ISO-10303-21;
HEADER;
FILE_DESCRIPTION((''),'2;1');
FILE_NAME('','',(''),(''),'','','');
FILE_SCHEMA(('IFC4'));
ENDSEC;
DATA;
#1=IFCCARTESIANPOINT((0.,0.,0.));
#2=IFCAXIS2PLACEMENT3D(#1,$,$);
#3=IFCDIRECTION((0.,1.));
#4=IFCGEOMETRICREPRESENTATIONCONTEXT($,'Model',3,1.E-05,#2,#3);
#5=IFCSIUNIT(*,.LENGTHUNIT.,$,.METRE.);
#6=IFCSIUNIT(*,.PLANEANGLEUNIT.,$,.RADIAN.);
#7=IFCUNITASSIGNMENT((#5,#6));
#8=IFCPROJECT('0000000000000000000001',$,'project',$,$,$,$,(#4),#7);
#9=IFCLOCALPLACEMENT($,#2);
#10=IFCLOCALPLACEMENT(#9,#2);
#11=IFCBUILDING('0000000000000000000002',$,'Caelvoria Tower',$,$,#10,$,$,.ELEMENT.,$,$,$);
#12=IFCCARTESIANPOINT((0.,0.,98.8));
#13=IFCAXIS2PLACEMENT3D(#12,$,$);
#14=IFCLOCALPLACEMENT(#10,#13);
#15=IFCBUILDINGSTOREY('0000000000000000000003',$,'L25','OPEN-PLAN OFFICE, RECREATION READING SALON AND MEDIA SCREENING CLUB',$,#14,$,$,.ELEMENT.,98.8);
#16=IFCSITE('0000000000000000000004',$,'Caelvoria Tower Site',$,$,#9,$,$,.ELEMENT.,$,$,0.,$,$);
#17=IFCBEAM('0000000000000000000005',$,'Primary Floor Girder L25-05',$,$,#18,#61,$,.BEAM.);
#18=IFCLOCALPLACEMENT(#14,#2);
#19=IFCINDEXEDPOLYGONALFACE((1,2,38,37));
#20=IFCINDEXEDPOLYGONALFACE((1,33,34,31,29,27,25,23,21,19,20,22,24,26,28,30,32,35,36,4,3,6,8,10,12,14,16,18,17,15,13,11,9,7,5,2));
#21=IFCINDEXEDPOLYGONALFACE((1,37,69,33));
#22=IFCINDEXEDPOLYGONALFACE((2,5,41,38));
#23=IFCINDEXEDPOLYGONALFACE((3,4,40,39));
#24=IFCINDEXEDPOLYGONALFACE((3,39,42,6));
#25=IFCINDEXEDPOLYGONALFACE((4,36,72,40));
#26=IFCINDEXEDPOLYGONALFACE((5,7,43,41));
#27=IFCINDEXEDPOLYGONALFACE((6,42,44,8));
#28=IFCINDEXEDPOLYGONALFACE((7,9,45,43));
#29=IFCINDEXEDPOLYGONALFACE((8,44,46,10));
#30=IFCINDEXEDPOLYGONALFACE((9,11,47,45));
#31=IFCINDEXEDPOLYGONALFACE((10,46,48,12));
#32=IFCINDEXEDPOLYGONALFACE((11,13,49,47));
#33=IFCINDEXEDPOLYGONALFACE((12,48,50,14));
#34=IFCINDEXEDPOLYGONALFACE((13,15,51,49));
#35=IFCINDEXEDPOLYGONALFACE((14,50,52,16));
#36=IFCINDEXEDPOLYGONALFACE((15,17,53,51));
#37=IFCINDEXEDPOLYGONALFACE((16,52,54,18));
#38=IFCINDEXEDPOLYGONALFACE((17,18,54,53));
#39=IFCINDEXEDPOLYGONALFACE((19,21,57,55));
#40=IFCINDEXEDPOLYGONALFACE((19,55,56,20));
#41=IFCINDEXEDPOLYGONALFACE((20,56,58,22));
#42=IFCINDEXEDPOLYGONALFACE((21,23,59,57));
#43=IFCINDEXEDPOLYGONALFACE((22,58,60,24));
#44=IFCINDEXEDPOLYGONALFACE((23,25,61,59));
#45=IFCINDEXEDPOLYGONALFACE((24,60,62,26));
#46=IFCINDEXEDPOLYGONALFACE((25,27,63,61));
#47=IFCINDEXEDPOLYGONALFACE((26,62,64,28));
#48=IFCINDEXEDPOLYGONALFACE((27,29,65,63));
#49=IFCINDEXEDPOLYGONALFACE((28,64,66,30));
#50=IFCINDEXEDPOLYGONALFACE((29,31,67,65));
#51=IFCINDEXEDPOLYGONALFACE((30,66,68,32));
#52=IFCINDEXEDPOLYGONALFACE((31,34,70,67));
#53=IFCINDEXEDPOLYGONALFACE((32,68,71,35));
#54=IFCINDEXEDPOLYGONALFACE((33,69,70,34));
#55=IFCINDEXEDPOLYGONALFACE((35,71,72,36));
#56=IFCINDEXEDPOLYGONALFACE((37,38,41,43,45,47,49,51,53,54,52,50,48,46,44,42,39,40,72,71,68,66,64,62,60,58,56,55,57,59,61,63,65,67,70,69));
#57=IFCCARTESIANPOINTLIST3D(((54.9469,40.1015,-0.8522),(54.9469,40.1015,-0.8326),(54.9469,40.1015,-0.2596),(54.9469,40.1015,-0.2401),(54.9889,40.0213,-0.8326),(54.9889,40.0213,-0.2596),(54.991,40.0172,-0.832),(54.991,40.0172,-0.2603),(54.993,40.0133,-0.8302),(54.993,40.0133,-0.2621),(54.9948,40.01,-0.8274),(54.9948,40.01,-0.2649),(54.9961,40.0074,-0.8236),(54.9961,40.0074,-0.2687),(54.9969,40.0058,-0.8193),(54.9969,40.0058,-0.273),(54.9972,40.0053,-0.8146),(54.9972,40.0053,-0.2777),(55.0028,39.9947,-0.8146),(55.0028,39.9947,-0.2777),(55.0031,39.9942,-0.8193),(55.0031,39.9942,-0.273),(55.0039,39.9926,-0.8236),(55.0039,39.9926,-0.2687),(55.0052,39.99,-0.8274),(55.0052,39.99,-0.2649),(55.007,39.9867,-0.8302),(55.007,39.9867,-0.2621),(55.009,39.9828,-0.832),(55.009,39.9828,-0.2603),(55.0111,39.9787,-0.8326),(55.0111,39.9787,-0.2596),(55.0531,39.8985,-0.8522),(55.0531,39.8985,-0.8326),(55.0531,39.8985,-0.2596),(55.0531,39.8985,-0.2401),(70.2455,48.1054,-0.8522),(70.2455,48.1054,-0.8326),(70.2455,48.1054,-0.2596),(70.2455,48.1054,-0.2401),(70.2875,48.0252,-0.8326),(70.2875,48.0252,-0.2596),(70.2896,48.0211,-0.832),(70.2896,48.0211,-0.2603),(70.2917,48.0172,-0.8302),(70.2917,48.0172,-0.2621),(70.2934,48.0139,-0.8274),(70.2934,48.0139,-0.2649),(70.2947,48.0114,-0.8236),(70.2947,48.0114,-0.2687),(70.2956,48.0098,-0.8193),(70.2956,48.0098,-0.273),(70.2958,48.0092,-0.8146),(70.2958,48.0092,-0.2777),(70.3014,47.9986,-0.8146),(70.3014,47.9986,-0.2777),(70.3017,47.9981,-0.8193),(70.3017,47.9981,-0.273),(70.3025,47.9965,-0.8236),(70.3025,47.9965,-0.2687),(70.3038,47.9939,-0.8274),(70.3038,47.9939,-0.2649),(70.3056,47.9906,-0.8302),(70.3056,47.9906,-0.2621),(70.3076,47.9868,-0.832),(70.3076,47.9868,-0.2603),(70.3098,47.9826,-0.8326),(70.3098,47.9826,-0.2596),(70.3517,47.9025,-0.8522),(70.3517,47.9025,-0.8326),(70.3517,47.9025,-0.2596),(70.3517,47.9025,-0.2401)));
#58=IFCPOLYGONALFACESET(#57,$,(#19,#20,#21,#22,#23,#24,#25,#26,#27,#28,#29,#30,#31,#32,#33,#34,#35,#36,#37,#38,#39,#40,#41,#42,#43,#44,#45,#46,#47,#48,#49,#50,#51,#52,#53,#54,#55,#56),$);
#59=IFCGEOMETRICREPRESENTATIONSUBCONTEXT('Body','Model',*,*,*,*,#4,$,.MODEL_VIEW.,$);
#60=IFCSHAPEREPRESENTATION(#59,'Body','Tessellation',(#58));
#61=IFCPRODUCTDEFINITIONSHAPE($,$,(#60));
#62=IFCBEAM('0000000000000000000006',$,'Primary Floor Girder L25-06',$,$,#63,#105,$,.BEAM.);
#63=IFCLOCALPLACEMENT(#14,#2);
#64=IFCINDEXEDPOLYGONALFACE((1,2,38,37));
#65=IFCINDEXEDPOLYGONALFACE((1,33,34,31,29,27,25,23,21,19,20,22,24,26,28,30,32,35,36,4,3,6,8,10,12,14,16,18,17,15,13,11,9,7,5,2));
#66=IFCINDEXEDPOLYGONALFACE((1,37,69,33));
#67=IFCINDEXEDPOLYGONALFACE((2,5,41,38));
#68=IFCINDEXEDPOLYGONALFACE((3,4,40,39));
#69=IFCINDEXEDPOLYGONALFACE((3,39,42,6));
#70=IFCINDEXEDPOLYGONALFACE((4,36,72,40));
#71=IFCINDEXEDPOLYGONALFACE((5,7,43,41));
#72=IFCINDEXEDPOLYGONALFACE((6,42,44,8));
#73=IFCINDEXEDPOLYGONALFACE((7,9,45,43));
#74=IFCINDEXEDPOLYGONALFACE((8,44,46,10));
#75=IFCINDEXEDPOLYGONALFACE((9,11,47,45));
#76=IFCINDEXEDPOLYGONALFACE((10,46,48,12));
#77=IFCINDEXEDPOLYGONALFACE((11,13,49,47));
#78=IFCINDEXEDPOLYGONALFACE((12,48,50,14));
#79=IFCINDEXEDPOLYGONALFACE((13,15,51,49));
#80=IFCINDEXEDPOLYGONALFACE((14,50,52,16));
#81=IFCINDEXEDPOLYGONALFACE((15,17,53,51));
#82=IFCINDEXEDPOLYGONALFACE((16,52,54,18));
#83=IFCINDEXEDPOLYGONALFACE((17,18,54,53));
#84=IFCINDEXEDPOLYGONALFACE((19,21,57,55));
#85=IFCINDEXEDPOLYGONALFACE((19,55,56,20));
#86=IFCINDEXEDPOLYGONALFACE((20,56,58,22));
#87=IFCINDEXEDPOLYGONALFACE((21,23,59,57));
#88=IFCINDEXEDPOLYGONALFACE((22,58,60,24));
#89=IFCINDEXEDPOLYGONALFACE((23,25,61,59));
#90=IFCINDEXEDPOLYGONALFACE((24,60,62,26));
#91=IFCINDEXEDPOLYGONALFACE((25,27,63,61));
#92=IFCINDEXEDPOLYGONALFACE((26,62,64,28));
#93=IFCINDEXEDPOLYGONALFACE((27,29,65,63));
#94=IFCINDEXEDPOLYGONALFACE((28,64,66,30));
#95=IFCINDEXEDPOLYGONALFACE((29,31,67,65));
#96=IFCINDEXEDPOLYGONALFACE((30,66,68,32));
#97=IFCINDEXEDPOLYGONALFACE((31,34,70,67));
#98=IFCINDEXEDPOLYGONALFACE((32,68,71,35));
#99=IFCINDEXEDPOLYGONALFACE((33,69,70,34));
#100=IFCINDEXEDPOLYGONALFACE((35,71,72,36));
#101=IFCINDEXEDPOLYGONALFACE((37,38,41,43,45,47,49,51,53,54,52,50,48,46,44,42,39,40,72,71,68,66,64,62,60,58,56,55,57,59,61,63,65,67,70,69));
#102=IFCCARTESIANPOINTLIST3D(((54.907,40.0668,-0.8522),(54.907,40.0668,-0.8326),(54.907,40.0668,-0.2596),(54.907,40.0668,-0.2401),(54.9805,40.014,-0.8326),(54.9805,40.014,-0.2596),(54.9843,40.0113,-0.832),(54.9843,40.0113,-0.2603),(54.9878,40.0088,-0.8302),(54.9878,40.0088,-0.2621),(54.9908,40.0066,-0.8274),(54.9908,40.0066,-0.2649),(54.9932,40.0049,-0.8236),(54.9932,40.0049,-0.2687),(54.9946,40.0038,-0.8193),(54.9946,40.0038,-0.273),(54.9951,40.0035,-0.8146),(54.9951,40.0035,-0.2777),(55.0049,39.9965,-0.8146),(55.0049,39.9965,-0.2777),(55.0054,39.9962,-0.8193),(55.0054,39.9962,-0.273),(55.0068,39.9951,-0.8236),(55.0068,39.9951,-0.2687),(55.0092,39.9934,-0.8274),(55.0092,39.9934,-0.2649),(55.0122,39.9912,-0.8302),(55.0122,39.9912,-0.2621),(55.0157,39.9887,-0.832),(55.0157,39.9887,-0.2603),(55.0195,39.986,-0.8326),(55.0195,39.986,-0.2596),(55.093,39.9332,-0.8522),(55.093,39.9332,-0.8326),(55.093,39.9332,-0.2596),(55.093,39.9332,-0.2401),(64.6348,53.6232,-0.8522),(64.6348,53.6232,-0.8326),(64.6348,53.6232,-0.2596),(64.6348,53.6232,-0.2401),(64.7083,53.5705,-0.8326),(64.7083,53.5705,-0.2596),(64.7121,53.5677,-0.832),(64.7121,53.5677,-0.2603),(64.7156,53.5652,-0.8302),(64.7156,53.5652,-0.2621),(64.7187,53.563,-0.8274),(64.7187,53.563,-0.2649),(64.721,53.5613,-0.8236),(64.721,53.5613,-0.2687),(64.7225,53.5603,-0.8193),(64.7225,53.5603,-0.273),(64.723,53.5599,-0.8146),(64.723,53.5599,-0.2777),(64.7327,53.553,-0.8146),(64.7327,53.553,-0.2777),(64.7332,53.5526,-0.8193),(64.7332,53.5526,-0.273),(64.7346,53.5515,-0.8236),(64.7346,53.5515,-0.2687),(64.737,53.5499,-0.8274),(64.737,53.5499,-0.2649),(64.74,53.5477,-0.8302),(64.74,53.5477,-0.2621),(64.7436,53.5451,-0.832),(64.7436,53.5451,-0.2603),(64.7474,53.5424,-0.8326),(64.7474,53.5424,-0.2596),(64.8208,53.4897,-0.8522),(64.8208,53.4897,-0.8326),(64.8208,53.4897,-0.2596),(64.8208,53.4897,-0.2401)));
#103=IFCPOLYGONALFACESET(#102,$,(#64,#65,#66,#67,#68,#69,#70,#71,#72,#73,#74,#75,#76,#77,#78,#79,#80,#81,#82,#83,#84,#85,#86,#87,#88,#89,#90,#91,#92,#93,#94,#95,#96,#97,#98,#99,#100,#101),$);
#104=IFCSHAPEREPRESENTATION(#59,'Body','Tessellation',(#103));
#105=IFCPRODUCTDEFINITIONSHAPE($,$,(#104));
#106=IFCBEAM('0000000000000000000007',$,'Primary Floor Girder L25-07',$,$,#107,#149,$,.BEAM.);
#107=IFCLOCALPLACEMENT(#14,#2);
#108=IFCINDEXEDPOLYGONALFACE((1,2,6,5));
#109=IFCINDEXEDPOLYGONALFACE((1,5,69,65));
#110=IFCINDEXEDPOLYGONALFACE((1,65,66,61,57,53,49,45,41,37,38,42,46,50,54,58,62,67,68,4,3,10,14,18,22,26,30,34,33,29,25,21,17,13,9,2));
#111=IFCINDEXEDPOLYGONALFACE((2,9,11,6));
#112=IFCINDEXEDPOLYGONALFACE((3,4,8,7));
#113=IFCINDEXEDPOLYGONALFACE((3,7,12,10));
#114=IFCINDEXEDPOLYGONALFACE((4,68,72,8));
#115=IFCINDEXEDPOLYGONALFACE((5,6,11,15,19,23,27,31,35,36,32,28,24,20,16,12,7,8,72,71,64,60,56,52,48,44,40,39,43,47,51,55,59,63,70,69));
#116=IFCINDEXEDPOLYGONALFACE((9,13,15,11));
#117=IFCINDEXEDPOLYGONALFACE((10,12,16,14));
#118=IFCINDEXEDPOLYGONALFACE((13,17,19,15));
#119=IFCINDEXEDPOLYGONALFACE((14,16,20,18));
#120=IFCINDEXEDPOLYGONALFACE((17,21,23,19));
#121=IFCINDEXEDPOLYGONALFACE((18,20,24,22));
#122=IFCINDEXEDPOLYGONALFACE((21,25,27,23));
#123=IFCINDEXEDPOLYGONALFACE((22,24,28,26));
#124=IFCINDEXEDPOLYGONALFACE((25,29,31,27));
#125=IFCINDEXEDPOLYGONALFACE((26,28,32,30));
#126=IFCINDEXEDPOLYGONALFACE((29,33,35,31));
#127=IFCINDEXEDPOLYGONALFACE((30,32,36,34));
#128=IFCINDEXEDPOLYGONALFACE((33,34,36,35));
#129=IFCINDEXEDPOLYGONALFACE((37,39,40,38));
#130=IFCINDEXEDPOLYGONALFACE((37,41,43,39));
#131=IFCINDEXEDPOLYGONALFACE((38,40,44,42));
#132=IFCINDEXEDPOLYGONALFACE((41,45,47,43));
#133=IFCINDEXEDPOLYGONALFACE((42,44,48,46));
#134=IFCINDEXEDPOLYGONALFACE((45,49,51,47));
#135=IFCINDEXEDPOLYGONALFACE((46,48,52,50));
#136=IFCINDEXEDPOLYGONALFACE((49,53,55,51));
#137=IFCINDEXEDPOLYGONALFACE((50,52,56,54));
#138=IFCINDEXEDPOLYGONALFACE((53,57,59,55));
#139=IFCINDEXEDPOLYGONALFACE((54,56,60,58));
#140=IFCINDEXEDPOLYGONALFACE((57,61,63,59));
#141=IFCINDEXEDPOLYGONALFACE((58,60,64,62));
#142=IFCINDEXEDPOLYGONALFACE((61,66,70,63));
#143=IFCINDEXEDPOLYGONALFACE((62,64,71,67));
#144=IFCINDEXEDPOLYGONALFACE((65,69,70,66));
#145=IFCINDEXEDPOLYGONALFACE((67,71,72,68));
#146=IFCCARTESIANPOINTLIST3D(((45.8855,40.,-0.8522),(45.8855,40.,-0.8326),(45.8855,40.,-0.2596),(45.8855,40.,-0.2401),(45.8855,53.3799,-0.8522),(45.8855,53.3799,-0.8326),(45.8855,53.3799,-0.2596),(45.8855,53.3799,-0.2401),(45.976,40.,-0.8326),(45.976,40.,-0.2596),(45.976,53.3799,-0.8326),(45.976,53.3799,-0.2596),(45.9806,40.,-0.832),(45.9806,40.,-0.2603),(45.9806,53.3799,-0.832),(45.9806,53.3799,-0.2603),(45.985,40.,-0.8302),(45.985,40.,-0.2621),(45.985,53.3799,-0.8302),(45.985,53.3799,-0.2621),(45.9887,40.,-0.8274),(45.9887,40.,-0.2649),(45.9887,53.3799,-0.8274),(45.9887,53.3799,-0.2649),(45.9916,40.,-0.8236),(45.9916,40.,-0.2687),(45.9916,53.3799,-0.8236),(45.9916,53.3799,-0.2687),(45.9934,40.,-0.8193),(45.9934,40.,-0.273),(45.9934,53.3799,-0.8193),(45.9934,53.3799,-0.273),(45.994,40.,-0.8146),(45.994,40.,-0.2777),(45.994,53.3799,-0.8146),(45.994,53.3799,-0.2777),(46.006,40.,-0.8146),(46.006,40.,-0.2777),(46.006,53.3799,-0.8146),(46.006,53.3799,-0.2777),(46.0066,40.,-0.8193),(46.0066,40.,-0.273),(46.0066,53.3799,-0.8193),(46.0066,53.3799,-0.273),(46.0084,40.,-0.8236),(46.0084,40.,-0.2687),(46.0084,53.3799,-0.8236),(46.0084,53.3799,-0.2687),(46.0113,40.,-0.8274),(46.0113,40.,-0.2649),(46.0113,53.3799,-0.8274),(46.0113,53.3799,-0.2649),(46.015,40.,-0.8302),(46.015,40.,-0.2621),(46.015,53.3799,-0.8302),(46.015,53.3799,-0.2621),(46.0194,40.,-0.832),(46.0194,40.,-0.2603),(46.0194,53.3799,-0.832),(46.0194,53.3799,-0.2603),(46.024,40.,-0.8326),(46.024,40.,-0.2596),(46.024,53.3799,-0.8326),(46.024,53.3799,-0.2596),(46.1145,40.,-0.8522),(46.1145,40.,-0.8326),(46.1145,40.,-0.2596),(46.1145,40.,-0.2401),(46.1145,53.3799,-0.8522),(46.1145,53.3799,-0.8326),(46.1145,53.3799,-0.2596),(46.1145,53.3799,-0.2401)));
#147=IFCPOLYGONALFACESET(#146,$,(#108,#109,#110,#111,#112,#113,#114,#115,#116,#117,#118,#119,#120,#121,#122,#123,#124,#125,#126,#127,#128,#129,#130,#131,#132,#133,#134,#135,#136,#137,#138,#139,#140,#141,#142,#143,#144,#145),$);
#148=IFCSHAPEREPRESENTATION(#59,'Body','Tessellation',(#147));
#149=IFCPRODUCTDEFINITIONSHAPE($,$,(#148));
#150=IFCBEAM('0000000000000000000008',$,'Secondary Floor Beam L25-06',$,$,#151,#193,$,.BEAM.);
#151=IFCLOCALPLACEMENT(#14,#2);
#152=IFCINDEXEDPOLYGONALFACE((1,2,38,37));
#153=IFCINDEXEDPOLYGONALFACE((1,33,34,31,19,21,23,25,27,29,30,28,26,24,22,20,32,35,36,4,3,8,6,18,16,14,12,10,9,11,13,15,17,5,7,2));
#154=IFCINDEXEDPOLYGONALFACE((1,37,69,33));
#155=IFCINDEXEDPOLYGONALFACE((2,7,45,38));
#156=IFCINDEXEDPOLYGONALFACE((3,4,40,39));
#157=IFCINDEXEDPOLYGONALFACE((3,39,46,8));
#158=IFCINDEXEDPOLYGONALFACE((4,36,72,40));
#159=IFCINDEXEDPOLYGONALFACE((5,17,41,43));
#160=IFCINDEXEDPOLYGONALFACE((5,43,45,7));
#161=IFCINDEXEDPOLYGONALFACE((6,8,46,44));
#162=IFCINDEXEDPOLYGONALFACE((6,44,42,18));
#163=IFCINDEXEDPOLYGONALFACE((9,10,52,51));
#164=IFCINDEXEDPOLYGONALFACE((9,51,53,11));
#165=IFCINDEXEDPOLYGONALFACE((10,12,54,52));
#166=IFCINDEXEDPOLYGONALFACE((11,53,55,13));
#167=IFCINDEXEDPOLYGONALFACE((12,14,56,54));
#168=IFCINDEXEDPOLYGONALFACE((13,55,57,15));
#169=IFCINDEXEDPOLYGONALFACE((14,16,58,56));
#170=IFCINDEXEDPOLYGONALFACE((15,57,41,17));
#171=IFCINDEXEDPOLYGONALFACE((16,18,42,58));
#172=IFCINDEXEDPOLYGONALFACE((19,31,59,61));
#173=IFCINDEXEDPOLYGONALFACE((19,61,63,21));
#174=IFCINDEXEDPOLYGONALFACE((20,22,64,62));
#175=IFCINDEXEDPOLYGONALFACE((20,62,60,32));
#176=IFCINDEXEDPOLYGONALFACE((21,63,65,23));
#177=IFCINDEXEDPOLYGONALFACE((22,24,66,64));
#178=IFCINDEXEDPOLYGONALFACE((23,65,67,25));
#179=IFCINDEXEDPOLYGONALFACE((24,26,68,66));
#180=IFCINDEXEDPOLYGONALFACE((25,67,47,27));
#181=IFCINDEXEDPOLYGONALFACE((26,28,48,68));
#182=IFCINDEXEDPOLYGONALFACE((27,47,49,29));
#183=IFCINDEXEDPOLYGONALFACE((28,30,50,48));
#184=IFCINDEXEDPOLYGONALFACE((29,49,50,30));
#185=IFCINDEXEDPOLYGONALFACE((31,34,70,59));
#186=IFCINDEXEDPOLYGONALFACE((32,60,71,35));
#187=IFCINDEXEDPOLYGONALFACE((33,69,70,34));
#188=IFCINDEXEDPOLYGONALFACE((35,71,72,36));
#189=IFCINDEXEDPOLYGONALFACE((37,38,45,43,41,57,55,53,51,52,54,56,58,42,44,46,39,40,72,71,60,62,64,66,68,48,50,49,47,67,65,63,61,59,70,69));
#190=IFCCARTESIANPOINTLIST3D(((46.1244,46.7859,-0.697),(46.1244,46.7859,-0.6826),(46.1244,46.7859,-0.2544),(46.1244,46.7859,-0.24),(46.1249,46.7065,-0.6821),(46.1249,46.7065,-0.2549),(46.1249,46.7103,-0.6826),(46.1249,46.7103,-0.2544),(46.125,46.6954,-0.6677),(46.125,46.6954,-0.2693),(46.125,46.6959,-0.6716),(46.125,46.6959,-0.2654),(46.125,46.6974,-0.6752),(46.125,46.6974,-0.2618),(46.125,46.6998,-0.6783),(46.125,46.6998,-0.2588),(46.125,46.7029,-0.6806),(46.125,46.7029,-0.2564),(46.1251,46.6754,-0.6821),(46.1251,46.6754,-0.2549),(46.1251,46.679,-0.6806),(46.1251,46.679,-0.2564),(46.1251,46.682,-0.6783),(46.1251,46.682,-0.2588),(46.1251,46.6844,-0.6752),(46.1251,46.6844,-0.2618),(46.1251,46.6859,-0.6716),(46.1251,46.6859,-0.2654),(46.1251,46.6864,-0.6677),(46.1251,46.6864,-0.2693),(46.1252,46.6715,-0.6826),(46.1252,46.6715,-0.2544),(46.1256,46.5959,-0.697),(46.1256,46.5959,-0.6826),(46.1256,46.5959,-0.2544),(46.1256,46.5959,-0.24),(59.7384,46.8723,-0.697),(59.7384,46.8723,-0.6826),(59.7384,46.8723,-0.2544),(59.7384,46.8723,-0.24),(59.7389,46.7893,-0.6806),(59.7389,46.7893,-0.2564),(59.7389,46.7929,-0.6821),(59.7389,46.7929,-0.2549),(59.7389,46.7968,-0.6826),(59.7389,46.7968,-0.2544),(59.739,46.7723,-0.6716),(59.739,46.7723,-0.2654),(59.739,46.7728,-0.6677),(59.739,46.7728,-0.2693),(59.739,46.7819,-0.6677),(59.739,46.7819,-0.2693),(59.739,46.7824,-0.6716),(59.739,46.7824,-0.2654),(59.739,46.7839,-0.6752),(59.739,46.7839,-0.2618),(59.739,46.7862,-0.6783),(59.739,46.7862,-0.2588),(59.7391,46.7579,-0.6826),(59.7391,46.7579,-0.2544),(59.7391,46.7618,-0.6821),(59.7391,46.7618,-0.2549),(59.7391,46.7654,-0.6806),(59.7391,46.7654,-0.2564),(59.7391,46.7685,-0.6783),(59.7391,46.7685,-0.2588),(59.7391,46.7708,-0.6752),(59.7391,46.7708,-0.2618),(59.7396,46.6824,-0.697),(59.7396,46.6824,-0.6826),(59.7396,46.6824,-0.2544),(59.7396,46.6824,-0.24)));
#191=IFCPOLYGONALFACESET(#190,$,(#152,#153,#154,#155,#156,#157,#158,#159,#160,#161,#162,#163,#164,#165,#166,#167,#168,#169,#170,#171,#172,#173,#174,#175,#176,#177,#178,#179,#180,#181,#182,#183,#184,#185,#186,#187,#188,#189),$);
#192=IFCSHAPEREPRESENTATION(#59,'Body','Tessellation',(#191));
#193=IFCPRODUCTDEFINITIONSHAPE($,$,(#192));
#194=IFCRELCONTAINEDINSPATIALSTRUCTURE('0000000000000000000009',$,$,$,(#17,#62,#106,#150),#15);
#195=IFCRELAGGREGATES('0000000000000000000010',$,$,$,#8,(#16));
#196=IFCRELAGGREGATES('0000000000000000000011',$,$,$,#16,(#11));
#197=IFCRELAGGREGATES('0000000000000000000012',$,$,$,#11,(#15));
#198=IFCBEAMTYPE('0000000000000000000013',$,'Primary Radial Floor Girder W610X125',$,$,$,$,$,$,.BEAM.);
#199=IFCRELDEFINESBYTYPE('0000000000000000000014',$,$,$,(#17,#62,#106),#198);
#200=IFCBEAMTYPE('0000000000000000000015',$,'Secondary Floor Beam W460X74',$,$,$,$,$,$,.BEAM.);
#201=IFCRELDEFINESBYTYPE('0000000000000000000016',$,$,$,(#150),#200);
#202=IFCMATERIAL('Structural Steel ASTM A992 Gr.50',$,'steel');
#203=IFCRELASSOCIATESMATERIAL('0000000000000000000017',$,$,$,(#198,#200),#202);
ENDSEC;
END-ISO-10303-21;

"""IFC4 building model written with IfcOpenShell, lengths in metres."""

from ifc_helpers import new_model, si_unit, direction, frame, origin, origin_2d, place, context, subcontext, project, spatial, i_section, extrude, material, material_profile, profile_set, type_object, element, save


model = new_model("IFC4")

# Units and contexts
model_context = context("Model", 3, precision=1e-05, world=origin(), true_north=direction((0.0, 1.0)))
body_context = subcontext(model_context, "Body", "Model", "MODEL_VIEW")
ifc_project = project(units=[si_unit("LENGTHUNIT", "METRE"), si_unit("PLANEANGLEUNIT", "RADIAN")], contexts=[model_context])

# Site, building, storey
site_placement = place(None, origin())
site = spatial("IfcSite", under=ifc_project, at=site_placement, Name="Caelvoria Tower Site", CompositionType="ELEMENT", RefElevation=0.0)
building_placement = place(site_placement, origin())
building = spatial("IfcBuilding", under=site, at=building_placement, Name="Caelvoria Tower", CompositionType="ELEMENT")
storey_placement = place(building_placement, frame((0.0, 0.0, 98.8)))
storey = spatial("IfcBuildingStorey", under=building, at=storey_placement, Name="L25", Description="OPEN-PLAN OFFICE, RECREATION READING SALON AND MEDIA SCREENING CLUB", CompositionType="ELEMENT", Elevation=98.8)

# Beams
ifc_material_1 = material(Name="Structural Steel ASTM A992 Gr.50", Category="steel")
ifc_material_profile_1 = material_profile(ifc_material_1, i_section(OverallWidth=0.229, OverallDepth=0.6121, WebThickness=0.012, FlangeThickness=0.0195, FilletRadius=0.0181, at=origin_2d()), Name="Structural Steel ASTM A992 Gr.50")
ifc_profile_set_1 = profile_set([ifc_material_profile_1], Name="W610X125 - Structural Steel ASTM A992 Gr.50")
beam_type_1 = type_object("IfcBeamType", Name="Primary Radial Floor Girder W610X125", PredefinedType="BEAM", material=ifc_profile_set_1)
beam_1_placement = place(storey_placement, frame((55.0, 40.0, -0.5461), z_axis=(0.886061, 0.463569, 0.0), x_axis=(-0.463569, 0.886061, 0.0)))
element("IfcBeam", 1, at=beam_1_placement, inside=storey, type_object=beam_type_1, Name="Primary Floor Girder L25-05", PredefinedType="BEAM", context=body_context, shape_type="SweptSolid", body=[
    extrude(i_section(OverallWidth=0.229, OverallDepth=0.6121, WebThickness=0.012, FlangeThickness=0.0195, FilletRadius=0.0181, at=origin_2d()), origin(), (0.0, 0.0, 1.0), 17.2659),
])
beam_2_placement = place(storey_placement, frame((55.0, 40.0, -0.5461), z_axis=(0.583008, 0.812466, 0.0), x_axis=(-0.812466, 0.583008, 0.0)))
element("IfcBeam", 2, at=beam_2_placement, inside=storey, type_object=beam_type_1, Name="Primary Floor Girder L25-06", PredefinedType="BEAM", context=body_context, shape_type="SweptSolid", body=[
    extrude(i_section(OverallWidth=0.229, OverallDepth=0.6121, WebThickness=0.012, FlangeThickness=0.0195, FilletRadius=0.0181, at=origin_2d()), origin(), (0.0, 0.0, 1.0), 16.6855),
])
beam_3_placement = place(storey_placement, frame((46.0, 40.0, -0.5461), z_axis=(0.0, 1.0, 0.0), x_axis=(-1.0, 0.0, 0.0)))
element("IfcBeam", 3, at=beam_3_placement, inside=storey, type_object=beam_type_1, Name="Primary Floor Girder L25-07", PredefinedType="BEAM", context=body_context, shape_type="SweptSolid", body=[
    extrude(i_section(OverallWidth=0.229, OverallDepth=0.6121, WebThickness=0.012, FlangeThickness=0.0195, FilletRadius=0.0181, at=origin_2d()), origin(), (0.0, 0.0, 1.0), 13.3799),
])
ifc_material_profile_2 = material_profile(ifc_material_1, i_section(OverallWidth=0.1899, OverallDepth=0.457, WebThickness=0.009, FlangeThickness=0.0144, FilletRadius=0.0149, at=origin_2d()), Name="Structural Steel ASTM A992 Gr.50")
ifc_profile_set_2 = profile_set([ifc_material_profile_2], Name="W460X74 - Structural Steel ASTM A992 Gr.50")
beam_type_2 = type_object("IfcBeamType", Name="Secondary Floor Beam W460X74", PredefinedType="BEAM", material=ifc_profile_set_2)
for number, where, z_axis, x_axis, name in (
    (4, (59.739, 46.7773, -0.4685), (-0.99998, -0.006348, 0.0), (0.006348, -0.99998, 0.0), "Secondary Floor Beam L25-06"),
):
    element("IfcBeam", number, at=place(storey_placement, frame(where, z_axis=z_axis, x_axis=x_axis)), inside=storey, type_object=beam_type_2, Name=name, PredefinedType="BEAM", context=body_context, shape_type="SweptSolid", body=[
        extrude(i_section(OverallWidth=0.1899, OverallDepth=0.457, WebThickness=0.009, FlangeThickness=0.0144, FilletRadius=0.0149, at=origin_2d()), origin(), (0.0, 0.0, 1.0), 13.6143),
    ])

save(model, "model.ifc")
